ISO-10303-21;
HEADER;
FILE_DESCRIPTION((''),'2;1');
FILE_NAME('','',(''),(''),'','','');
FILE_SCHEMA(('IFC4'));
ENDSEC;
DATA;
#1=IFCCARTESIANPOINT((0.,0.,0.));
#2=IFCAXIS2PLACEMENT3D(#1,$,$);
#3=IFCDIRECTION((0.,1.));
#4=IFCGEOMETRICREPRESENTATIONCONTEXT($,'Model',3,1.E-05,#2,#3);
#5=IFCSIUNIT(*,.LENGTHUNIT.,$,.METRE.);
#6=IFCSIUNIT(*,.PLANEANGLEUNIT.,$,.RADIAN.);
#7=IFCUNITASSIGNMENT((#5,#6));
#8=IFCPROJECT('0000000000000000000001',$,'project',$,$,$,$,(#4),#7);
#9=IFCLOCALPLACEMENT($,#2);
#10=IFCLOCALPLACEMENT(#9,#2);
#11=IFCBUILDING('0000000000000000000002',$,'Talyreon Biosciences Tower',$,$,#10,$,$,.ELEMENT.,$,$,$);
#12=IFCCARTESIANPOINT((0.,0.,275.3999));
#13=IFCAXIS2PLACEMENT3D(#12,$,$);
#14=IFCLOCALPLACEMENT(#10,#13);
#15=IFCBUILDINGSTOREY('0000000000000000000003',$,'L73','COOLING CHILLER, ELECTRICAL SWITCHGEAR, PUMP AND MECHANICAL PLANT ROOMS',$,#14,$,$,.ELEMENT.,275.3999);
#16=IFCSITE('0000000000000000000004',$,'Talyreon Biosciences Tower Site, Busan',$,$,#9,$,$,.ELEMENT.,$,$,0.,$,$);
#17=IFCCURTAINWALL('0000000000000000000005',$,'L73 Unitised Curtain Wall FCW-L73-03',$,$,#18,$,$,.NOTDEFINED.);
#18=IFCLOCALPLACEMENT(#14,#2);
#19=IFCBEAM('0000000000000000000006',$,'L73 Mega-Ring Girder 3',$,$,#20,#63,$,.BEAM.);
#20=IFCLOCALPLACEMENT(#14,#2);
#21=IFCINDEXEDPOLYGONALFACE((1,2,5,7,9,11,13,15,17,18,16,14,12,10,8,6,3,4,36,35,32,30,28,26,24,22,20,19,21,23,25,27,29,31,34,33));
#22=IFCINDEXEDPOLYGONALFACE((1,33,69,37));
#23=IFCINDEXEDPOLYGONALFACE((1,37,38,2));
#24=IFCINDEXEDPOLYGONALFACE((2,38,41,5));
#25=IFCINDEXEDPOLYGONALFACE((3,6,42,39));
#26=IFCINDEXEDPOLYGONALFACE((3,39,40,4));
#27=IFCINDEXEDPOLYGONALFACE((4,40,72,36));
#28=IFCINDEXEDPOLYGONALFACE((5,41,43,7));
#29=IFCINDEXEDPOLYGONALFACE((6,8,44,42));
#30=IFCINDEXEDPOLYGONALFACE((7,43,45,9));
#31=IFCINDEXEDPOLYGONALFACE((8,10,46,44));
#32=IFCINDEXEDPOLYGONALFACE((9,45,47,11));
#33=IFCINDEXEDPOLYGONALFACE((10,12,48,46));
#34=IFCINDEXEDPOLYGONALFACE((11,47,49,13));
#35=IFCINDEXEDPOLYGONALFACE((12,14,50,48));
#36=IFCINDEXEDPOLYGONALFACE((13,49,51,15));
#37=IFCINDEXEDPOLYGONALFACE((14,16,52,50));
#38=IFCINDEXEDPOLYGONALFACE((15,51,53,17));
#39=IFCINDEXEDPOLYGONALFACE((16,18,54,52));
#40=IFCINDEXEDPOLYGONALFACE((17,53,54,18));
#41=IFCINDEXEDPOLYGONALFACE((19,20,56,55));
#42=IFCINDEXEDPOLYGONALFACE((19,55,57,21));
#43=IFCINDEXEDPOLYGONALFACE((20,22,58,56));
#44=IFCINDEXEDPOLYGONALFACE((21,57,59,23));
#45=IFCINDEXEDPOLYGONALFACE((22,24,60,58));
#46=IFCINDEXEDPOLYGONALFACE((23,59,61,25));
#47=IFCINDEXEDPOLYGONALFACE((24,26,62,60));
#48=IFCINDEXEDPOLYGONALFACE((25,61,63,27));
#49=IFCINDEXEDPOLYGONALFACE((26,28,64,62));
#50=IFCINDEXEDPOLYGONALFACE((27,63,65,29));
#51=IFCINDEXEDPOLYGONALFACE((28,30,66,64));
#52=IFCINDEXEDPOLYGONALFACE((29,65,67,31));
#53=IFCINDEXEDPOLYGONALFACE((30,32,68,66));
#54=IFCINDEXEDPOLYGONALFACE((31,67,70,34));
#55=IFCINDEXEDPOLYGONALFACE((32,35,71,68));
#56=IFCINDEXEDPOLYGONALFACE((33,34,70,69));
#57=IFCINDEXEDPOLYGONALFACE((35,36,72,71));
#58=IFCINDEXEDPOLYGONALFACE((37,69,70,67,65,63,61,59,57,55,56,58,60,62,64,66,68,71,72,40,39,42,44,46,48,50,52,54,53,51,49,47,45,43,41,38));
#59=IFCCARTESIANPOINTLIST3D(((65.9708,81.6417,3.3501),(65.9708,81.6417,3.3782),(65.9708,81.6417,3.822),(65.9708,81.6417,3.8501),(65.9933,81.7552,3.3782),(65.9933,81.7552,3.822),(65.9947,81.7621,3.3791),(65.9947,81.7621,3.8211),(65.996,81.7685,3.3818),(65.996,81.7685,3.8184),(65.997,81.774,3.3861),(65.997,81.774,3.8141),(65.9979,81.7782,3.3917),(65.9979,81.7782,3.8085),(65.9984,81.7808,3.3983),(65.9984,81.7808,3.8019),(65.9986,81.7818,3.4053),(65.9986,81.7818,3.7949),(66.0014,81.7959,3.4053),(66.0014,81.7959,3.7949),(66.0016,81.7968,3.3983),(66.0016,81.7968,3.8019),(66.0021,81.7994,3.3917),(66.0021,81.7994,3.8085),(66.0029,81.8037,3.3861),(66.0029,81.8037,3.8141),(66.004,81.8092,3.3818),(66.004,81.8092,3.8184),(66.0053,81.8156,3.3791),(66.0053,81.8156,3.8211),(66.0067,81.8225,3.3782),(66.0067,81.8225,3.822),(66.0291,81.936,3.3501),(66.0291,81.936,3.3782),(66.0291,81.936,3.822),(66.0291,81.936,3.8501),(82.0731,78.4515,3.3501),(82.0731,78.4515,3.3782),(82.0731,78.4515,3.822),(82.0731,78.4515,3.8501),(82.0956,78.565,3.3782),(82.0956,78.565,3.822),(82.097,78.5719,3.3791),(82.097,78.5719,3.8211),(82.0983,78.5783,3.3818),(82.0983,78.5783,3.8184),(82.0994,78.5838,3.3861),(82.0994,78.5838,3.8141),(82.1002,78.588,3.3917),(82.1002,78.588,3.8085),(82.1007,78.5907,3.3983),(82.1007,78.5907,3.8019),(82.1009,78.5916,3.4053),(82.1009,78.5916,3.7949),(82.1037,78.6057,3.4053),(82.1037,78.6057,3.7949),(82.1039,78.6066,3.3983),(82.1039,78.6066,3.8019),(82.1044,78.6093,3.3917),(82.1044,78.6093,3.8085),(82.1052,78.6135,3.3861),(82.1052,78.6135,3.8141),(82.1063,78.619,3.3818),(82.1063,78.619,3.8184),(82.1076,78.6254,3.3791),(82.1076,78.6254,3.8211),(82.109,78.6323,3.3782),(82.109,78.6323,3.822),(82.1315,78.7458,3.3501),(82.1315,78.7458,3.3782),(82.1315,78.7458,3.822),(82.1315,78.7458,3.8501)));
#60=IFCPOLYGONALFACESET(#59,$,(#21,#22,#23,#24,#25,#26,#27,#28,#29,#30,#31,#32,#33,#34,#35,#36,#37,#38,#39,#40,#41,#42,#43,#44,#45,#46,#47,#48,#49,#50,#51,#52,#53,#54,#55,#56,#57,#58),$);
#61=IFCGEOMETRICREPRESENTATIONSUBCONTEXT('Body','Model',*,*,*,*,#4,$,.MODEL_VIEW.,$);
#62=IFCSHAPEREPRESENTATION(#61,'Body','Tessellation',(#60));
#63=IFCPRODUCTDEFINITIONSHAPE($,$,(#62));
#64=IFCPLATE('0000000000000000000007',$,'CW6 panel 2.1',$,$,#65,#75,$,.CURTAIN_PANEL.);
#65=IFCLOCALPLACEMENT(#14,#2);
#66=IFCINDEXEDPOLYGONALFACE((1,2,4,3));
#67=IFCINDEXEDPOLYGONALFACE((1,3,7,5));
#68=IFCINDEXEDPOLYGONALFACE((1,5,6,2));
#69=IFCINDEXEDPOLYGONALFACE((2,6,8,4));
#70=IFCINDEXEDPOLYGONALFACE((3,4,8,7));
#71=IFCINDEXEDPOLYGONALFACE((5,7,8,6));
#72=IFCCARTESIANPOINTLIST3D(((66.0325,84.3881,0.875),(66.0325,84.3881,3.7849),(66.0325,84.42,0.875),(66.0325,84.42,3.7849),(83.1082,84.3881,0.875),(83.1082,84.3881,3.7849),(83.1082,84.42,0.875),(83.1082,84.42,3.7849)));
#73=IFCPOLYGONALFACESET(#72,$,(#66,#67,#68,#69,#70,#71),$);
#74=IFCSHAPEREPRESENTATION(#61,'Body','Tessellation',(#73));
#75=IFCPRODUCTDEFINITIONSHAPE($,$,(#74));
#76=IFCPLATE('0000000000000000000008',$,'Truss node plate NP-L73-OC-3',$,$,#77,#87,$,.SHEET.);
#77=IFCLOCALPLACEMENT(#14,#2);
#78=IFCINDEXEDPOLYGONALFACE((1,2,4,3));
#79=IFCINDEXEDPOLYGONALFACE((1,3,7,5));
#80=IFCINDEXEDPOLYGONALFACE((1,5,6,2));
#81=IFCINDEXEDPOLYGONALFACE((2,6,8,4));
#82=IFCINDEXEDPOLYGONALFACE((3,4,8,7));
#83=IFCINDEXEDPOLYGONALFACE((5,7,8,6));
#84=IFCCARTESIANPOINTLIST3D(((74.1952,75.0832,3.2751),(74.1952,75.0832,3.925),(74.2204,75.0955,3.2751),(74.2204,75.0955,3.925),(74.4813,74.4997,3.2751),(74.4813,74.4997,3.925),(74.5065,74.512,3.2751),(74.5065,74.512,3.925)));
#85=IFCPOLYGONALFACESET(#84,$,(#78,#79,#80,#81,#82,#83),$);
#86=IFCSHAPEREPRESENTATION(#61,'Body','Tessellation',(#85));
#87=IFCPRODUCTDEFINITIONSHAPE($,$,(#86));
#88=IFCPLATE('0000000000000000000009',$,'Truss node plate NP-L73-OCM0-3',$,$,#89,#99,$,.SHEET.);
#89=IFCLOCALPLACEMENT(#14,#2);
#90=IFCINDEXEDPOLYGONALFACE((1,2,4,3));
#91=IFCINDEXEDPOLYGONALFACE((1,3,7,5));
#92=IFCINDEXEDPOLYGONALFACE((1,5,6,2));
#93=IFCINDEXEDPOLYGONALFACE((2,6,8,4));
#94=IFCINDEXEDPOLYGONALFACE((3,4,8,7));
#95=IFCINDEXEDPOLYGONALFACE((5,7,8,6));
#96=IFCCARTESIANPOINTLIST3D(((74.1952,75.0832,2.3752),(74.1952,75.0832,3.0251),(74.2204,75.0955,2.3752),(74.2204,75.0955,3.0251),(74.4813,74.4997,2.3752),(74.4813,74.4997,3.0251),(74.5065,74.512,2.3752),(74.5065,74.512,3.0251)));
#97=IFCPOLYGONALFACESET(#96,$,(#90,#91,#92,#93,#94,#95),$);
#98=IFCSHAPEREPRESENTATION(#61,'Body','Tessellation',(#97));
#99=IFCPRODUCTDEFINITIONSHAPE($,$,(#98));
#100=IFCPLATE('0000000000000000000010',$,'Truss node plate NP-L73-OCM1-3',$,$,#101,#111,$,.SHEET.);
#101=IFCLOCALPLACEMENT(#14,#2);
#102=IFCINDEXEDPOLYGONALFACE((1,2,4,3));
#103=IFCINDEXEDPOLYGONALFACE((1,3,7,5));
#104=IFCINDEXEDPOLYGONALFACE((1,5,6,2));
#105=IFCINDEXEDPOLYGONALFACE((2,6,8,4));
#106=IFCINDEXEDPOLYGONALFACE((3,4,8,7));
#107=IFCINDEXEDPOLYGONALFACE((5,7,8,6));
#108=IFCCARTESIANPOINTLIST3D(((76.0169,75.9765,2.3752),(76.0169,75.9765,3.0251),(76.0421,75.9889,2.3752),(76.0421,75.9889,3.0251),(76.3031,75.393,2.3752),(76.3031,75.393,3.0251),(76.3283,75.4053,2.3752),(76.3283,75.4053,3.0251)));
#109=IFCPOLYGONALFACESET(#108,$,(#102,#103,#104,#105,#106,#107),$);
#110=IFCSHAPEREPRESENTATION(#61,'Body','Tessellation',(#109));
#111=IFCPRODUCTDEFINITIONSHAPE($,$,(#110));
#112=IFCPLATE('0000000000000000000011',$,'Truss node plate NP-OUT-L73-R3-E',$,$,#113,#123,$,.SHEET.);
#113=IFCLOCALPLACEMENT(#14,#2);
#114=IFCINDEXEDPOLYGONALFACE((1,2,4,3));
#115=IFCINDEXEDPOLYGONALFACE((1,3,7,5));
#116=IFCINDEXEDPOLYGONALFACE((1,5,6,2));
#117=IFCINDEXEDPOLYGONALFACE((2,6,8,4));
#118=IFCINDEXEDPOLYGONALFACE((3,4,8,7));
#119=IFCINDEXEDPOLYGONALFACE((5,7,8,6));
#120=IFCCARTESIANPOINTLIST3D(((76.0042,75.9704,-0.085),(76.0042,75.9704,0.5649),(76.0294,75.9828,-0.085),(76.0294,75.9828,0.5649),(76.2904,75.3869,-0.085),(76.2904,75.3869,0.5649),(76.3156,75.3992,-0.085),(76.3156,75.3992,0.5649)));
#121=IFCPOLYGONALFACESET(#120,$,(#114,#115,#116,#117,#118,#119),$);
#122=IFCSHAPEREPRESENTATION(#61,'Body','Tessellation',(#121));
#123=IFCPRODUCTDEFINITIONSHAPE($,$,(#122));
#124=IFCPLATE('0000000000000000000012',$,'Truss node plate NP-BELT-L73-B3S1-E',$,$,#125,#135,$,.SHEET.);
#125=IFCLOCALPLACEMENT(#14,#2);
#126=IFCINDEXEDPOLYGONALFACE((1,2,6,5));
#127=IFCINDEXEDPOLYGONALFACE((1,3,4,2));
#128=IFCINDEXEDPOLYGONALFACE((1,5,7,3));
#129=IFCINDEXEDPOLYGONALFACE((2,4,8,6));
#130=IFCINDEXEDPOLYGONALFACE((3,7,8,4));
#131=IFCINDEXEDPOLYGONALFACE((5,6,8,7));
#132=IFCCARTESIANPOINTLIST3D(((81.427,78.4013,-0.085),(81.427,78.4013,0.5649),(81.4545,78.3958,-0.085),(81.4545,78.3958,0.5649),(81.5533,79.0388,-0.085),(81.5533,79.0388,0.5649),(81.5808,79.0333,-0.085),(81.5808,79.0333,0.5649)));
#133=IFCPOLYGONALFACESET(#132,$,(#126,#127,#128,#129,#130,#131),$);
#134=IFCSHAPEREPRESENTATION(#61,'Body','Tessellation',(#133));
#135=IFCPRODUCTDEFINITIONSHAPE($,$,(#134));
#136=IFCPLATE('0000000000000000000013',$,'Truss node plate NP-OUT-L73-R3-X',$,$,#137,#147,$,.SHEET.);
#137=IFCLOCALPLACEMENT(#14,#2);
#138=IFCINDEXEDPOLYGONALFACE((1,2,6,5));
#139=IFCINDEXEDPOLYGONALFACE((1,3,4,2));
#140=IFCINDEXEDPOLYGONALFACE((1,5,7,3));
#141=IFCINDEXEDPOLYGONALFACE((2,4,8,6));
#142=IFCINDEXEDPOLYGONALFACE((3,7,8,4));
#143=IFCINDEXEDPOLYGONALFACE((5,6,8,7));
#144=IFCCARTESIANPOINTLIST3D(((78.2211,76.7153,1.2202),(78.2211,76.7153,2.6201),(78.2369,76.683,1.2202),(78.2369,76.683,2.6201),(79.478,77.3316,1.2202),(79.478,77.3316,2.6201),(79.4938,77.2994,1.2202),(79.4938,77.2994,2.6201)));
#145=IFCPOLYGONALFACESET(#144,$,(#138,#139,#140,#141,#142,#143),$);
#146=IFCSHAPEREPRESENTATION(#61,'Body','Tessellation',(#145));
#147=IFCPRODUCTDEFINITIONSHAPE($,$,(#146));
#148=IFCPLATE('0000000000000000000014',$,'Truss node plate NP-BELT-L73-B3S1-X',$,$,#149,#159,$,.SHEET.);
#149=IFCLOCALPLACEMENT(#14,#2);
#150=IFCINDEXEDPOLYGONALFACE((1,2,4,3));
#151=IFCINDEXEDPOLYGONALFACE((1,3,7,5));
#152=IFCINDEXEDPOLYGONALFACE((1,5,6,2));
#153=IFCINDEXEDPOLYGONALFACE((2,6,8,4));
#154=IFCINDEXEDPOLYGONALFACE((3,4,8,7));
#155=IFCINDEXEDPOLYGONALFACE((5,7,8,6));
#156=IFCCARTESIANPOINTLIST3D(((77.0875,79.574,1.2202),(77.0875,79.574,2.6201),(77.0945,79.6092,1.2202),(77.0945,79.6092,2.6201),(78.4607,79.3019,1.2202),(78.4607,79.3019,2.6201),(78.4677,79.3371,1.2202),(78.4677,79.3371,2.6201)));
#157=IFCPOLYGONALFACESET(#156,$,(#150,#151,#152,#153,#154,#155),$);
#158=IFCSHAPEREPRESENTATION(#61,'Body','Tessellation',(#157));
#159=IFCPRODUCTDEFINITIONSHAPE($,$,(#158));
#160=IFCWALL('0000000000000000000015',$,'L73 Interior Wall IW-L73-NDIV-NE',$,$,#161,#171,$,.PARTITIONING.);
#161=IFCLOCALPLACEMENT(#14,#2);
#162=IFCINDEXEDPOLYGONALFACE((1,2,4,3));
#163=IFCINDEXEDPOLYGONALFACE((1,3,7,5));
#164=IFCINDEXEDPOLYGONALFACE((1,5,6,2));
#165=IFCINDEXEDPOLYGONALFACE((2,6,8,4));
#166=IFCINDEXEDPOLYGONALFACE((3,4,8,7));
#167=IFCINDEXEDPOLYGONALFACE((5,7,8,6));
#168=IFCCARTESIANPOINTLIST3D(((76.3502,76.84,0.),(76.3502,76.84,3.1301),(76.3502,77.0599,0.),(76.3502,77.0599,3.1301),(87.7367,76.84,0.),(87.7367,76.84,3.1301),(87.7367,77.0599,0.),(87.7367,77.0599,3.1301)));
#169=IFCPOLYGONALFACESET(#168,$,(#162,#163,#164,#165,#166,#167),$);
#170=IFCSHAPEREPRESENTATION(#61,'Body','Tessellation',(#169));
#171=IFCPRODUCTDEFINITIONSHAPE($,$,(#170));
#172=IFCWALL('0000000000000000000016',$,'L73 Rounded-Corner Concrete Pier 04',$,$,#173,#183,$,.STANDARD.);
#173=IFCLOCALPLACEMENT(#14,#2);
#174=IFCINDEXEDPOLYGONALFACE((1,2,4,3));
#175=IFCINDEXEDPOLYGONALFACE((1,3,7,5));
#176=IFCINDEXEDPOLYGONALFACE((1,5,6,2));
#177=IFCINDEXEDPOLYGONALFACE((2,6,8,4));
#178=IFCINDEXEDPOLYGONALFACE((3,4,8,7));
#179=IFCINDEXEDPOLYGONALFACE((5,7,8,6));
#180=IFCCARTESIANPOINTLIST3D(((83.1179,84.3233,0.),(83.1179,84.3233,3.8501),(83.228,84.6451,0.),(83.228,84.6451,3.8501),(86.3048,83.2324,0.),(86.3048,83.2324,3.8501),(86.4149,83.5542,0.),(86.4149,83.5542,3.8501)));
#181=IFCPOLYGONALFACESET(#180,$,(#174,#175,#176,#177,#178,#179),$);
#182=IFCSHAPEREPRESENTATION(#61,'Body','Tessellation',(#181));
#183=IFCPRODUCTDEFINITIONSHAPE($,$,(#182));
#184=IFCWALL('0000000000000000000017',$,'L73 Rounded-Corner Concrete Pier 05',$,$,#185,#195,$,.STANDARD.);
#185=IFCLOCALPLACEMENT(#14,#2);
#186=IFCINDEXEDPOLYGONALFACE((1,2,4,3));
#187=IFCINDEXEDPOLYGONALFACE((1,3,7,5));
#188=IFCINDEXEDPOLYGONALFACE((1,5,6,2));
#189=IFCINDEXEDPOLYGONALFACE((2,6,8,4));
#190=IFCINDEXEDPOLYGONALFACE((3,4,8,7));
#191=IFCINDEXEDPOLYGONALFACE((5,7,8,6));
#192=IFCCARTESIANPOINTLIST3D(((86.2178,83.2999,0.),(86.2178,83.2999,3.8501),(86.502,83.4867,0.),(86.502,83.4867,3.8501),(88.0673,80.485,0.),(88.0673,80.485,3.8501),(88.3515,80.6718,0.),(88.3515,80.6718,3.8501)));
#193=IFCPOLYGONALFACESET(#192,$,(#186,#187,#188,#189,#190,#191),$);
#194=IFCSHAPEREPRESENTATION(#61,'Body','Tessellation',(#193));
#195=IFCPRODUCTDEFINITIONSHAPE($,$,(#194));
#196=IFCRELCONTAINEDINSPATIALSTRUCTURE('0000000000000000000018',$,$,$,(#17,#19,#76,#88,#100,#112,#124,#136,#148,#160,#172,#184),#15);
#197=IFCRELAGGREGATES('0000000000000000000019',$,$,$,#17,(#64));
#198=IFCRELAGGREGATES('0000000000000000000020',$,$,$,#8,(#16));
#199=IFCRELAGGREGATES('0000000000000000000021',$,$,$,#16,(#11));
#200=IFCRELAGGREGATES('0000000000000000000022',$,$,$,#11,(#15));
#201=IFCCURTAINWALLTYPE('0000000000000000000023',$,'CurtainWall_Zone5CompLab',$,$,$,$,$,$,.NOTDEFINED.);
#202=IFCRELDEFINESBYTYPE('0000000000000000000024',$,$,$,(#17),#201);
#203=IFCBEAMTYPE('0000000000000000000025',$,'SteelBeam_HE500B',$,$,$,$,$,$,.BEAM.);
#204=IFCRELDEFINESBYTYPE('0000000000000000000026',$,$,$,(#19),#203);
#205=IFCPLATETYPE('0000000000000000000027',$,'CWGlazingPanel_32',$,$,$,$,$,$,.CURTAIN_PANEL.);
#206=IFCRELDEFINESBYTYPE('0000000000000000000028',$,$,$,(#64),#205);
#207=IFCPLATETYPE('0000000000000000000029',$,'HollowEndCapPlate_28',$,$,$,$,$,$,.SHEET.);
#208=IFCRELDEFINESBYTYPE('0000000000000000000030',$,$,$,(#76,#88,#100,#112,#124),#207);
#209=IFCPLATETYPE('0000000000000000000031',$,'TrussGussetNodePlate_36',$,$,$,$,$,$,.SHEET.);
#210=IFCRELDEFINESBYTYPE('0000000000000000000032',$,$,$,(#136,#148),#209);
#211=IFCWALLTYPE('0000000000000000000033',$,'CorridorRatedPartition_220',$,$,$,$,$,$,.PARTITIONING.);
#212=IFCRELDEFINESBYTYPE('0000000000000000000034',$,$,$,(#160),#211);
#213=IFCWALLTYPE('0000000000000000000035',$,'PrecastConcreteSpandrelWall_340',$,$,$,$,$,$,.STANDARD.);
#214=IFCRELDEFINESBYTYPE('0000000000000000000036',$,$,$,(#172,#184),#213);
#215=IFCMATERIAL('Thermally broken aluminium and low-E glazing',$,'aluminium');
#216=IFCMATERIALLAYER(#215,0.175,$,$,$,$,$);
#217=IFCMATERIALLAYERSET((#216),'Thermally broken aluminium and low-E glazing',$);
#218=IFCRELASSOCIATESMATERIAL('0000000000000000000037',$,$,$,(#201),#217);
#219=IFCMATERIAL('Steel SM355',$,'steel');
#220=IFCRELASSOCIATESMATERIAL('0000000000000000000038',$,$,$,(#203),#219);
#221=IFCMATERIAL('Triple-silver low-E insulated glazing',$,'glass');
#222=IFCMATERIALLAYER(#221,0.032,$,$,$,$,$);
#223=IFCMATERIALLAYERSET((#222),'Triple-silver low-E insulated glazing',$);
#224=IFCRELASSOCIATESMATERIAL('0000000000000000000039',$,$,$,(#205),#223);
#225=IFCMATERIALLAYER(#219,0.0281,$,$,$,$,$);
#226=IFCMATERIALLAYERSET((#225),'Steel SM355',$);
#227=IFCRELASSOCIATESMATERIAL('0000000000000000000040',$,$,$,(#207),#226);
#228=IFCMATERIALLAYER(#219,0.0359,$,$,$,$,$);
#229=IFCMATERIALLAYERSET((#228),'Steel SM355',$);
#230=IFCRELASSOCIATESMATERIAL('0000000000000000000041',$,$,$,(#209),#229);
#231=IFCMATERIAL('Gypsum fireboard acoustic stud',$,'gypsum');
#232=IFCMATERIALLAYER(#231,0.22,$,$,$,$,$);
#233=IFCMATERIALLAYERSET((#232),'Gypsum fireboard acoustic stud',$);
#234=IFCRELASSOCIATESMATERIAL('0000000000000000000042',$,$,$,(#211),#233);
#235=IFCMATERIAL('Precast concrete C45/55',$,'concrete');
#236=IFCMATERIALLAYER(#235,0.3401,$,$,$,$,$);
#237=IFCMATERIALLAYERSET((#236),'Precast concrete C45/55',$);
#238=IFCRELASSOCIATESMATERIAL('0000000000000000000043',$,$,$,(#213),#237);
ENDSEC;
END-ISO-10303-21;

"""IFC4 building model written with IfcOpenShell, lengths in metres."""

from ifc_helpers import new_model, si_unit, direction, frame, frame_2d, origin, origin_2d, place, context, subcontext, project, spatial, rectangle, i_section, extrude, material, layer, layer_set, material_profile, profile_set, type_object, element, aggregate, save


model = new_model("IFC4")

# Units and contexts
model_context = context("Model", 3, precision=1e-05, world=origin(), true_north=direction((0.0, 1.0)))
body_context = subcontext(model_context, "Body", "Model", "MODEL_VIEW")
ifc_project = project(units=[si_unit("LENGTHUNIT", "METRE"), si_unit("PLANEANGLEUNIT", "RADIAN")], contexts=[model_context])

# Site, building, storey
site_placement = place(None, origin())
site = spatial("IfcSite", under=ifc_project, at=site_placement, Name="Talyreon Biosciences Tower Site, Busan", CompositionType="ELEMENT", RefElevation=0.0)
building_placement = place(site_placement, origin())
building = spatial("IfcBuilding", under=site, at=building_placement, Name="Talyreon Biosciences Tower", CompositionType="ELEMENT")
storey_placement = place(building_placement, frame((0.0, 0.0, 275.3999)))
storey = spatial("IfcBuildingStorey", under=building, at=storey_placement, Name="L73", Description="COOLING CHILLER, ELECTRICAL SWITCHGEAR, PUMP AND MECHANICAL PLANT ROOMS", CompositionType="ELEMENT", Elevation=275.3999)

# Shared definitions
ifc_material_1 = material(Name="Steel SM355", Category="steel")

# Curtain wall
ifc_material_2 = material(Name="Thermally broken aluminium and low-E glazing", Category="aluminium")
ifc_layer_1 = layer(ifc_material_2, 0.175)
ifc_layer_set_1 = layer_set([ifc_layer_1], Name="Thermally broken aluminium and low-E glazing")
curtain_wall_type = type_object("IfcCurtainWallType", Name="CurtainWall_Zone5CompLab", PredefinedType="NOTDEFINED", material=ifc_layer_set_1)
curtain_wall_1_placement = place(storey_placement, origin())
curtain_wall_1 = element("IfcCurtainWall", 1, at=curtain_wall_1_placement, inside=storey, type_object=curtain_wall_type, Name="L73 Unitised Curtain Wall FCW-L73-03", PredefinedType="NOTDEFINED")

# Shared definitions
ifc_material_3 = material(Name="Precast concrete C45/55", Category="concrete")

# Beam
ifc_material_profile_1 = material_profile(ifc_material_1, i_section(OverallWidth=0.3, OverallDepth=0.5, WebThickness=0.0144, FlangeThickness=0.0281, FilletRadius=0.0271, at=origin_2d()), Name="HE500B")
ifc_profile_set_1 = profile_set([ifc_material_profile_1], Name="Steel SM355")
beam_type_1 = type_object("IfcBeamType", Name="SteelBeam_HE500B", PredefinedType="BEAM", material=ifc_profile_set_1)
beam_1_placement = place(storey_placement, frame((82.1023, 78.5986, 3.6001), z_axis=(-0.980934, 0.194343, 0.0), x_axis=(-0.194343, -0.980934, 0.0)))
element("IfcBeam", 2, at=beam_1_placement, inside=storey, type_object=beam_type_1, Name="L73 Mega-Ring Girder 3", PredefinedType="BEAM", context=body_context, shape_type="SweptSolid", body=[
    extrude(i_section(OverallWidth=0.3, OverallDepth=0.5, WebThickness=0.0144, FlangeThickness=0.0281, FilletRadius=0.0271, at=origin_2d()), origin(), (0.0, 0.0, 1.0), 16.4153),
])

# Plate
ifc_material_4 = material(Name="Triple-silver low-E insulated glazing", Category="glass")
ifc_layer_2 = layer(ifc_material_4, 0.032)
ifc_layer_set_2 = layer_set([ifc_layer_2], Name="Triple-silver low-E insulated glazing")
plate_type_1 = type_object("IfcPlateType", Name="CWGlazingPanel_32", PredefinedType="CURTAIN_PANEL", material=ifc_layer_set_2)
plate_placement = place(storey_placement, frame((74.5703, 84.4041, 0.875), z_axis=(0.0, 0.0, 1.0), x_axis=(1.0, 0.0, 0.0)))
plate = element("IfcPlate", 3, at=plate_placement, type_object=plate_type_1, Name="CW6 panel 2.1", PredefinedType="CURTAIN_PANEL", context=body_context, shape_type="SweptSolid", body=[
    extrude(rectangle(XDim=17.0757, YDim=0.032, at=origin_2d()), origin(), (0.0, 0.0, 1.0), 2.9099),
])
aggregate(curtain_wall_1, [plate])

# Plates
ifc_layer_3 = layer(ifc_material_1, 0.0281)
ifc_layer_set_3 = layer_set([ifc_layer_3], Name="Steel SM355")
plate_type_2 = type_object("IfcPlateType", Name="HollowEndCapPlate_28", PredefinedType="SHEET", material=ifc_layer_set_3)
for number, where, z_axis, x_axis, name in (
    (4, (74.3508, 74.7976, 3.2751), (0.0, 0.0, 1.0), (-0.440284, 0.897859, 0.0), "Truss node plate NP-L73-OC-3"),
    (5, (74.3508, 74.7976, 2.3752), (0.0, 0.0, 1.0), (-0.440284, 0.897859, 0.0), "Truss node plate NP-L73-OCM0-3"),
    (6, (76.1726, 75.6909, 2.3752), (0.0, 0.0, 1.0), (-0.440284, 0.897859, 0.0), "Truss node plate NP-L73-OCM1-3"),
    (7, (76.1599, 75.6848, -0.085), (0.0, 0.0, 1.0), (-0.440284, 0.897859, 0.0), "Truss node plate NP-OUT-L73-R3-E"),
    (8, (81.5039, 78.7173, -0.085), (0.0, 0.0, 1.0), (-0.194354, -0.980931, 0.0), "Truss node plate NP-BELT-L73-B3S1-E"),
):
    element("IfcPlate", number, at=place(storey_placement, frame(where, z_axis=z_axis, x_axis=x_axis)), inside=storey, type_object=plate_type_2, Name=name, PredefinedType="SHEET", context=body_context, shape_type="SweptSolid", body=[
        extrude(rectangle(XDim=0.6499, YDim=0.0281, at=origin_2d()), origin(), (0.0, 0.0, 1.0), 0.6499),
    ])
ifc_layer_4 = layer(ifc_material_1, 0.0359)
ifc_layer_set_4 = layer_set([ifc_layer_4], Name="Steel SM355")
plate_type_3 = type_object("IfcPlateType", Name="TrussGussetNodePlate_36", PredefinedType="SHEET", material=ifc_layer_set_4)
for number, where, z_axis, x_axis, name in (
    (9, (78.8574, 77.0073, 1.2202), (0.0, 0.0, 1.0), (0.897859, 0.440284, 0.0), "Truss node plate NP-OUT-L73-R3-X"),
    (10, (77.7776, 79.4556, 1.2202), (0.0, 0.0, 1.0), (-0.980931, 0.194354, 0.0), "Truss node plate NP-BELT-L73-B3S1-X"),
):
    element("IfcPlate", number, at=place(storey_placement, frame(where, z_axis=z_axis, x_axis=x_axis)), inside=storey, type_object=plate_type_3, Name=name, PredefinedType="SHEET", context=body_context, shape_type="SweptSolid", body=[
        extrude(rectangle(XDim=1.3999, YDim=0.0359, at=origin_2d()), origin(), (0.0, 0.0, 1.0), 1.3999),
    ])

# Walls
ifc_material_5 = material(Name="Gypsum fireboard acoustic stud", Category="gypsum")
ifc_layer_5 = layer(ifc_material_5, 0.22)
ifc_layer_set_5 = layer_set([ifc_layer_5], Name="Gypsum fireboard acoustic stud")
wall_type_1 = type_object("IfcWallType", Name="CorridorRatedPartition_220", PredefinedType="PARTITIONING", material=ifc_layer_set_5)
wall_1_placement = place(storey_placement, frame((76.3501, 76.95, 0.0), z_axis=(0.0, 0.0, 1.0), x_axis=(1.0, 0.0, 0.0)))
element("IfcWall", 11, at=wall_1_placement, inside=storey, type_object=wall_type_1, Name="L73 Interior Wall IW-L73-NDIV-NE", PredefinedType="PARTITIONING", context=body_context, shape_type="SweptSolid", body=[
    extrude(rectangle(XDim=11.3865, YDim=0.22, at=frame_2d((5.6934, 0.0))), origin(), (0.0, 0.0, 1.0), 3.1301),
])
ifc_layer_6 = layer(ifc_material_3, 0.3401)
ifc_layer_set_6 = layer_set([ifc_layer_6], Name="Precast concrete C45/55")
wall_type_2 = type_object("IfcWallType", Name="PrecastConcreteSpandrelWall_340", PredefinedType="STANDARD", material=ifc_layer_set_6)
wall_2_placement = place(storey_placement, frame((83.1731, 84.4841, 0.0), z_axis=(0.0, 0.0, 1.0), x_axis=(0.946108, -0.32385, 0.0)))
element("IfcWall", 12, at=wall_2_placement, inside=storey, type_object=wall_type_2, Name="L73 Rounded-Corner Concrete Pier 04", PredefinedType="STANDARD", context=body_context, shape_type="SweptSolid", body=[
    extrude(rectangle(XDim=3.3684, YDim=0.3401, at=frame_2d((1.6841, 0.0))), origin(), (0.0, 0.0, 1.0), 3.8501),
])
wall_3_placement = place(storey_placement, frame((86.3599, 83.3933, 0.0), z_axis=(0.0, 0.0, 1.0), x_axis=(0.549134, -0.835734, 0.0)))
element("IfcWall", 13, at=wall_3_placement, inside=storey, type_object=wall_type_2, Name="L73 Rounded-Corner Concrete Pier 05", PredefinedType="STANDARD", context=body_context, shape_type="SweptSolid", body=[
    extrude(rectangle(XDim=3.3682, YDim=0.3401, at=frame_2d((1.6841, 0.0))), origin(), (0.0, 0.0, 1.0), 3.8501),
])

save(model, "model.ifc")
